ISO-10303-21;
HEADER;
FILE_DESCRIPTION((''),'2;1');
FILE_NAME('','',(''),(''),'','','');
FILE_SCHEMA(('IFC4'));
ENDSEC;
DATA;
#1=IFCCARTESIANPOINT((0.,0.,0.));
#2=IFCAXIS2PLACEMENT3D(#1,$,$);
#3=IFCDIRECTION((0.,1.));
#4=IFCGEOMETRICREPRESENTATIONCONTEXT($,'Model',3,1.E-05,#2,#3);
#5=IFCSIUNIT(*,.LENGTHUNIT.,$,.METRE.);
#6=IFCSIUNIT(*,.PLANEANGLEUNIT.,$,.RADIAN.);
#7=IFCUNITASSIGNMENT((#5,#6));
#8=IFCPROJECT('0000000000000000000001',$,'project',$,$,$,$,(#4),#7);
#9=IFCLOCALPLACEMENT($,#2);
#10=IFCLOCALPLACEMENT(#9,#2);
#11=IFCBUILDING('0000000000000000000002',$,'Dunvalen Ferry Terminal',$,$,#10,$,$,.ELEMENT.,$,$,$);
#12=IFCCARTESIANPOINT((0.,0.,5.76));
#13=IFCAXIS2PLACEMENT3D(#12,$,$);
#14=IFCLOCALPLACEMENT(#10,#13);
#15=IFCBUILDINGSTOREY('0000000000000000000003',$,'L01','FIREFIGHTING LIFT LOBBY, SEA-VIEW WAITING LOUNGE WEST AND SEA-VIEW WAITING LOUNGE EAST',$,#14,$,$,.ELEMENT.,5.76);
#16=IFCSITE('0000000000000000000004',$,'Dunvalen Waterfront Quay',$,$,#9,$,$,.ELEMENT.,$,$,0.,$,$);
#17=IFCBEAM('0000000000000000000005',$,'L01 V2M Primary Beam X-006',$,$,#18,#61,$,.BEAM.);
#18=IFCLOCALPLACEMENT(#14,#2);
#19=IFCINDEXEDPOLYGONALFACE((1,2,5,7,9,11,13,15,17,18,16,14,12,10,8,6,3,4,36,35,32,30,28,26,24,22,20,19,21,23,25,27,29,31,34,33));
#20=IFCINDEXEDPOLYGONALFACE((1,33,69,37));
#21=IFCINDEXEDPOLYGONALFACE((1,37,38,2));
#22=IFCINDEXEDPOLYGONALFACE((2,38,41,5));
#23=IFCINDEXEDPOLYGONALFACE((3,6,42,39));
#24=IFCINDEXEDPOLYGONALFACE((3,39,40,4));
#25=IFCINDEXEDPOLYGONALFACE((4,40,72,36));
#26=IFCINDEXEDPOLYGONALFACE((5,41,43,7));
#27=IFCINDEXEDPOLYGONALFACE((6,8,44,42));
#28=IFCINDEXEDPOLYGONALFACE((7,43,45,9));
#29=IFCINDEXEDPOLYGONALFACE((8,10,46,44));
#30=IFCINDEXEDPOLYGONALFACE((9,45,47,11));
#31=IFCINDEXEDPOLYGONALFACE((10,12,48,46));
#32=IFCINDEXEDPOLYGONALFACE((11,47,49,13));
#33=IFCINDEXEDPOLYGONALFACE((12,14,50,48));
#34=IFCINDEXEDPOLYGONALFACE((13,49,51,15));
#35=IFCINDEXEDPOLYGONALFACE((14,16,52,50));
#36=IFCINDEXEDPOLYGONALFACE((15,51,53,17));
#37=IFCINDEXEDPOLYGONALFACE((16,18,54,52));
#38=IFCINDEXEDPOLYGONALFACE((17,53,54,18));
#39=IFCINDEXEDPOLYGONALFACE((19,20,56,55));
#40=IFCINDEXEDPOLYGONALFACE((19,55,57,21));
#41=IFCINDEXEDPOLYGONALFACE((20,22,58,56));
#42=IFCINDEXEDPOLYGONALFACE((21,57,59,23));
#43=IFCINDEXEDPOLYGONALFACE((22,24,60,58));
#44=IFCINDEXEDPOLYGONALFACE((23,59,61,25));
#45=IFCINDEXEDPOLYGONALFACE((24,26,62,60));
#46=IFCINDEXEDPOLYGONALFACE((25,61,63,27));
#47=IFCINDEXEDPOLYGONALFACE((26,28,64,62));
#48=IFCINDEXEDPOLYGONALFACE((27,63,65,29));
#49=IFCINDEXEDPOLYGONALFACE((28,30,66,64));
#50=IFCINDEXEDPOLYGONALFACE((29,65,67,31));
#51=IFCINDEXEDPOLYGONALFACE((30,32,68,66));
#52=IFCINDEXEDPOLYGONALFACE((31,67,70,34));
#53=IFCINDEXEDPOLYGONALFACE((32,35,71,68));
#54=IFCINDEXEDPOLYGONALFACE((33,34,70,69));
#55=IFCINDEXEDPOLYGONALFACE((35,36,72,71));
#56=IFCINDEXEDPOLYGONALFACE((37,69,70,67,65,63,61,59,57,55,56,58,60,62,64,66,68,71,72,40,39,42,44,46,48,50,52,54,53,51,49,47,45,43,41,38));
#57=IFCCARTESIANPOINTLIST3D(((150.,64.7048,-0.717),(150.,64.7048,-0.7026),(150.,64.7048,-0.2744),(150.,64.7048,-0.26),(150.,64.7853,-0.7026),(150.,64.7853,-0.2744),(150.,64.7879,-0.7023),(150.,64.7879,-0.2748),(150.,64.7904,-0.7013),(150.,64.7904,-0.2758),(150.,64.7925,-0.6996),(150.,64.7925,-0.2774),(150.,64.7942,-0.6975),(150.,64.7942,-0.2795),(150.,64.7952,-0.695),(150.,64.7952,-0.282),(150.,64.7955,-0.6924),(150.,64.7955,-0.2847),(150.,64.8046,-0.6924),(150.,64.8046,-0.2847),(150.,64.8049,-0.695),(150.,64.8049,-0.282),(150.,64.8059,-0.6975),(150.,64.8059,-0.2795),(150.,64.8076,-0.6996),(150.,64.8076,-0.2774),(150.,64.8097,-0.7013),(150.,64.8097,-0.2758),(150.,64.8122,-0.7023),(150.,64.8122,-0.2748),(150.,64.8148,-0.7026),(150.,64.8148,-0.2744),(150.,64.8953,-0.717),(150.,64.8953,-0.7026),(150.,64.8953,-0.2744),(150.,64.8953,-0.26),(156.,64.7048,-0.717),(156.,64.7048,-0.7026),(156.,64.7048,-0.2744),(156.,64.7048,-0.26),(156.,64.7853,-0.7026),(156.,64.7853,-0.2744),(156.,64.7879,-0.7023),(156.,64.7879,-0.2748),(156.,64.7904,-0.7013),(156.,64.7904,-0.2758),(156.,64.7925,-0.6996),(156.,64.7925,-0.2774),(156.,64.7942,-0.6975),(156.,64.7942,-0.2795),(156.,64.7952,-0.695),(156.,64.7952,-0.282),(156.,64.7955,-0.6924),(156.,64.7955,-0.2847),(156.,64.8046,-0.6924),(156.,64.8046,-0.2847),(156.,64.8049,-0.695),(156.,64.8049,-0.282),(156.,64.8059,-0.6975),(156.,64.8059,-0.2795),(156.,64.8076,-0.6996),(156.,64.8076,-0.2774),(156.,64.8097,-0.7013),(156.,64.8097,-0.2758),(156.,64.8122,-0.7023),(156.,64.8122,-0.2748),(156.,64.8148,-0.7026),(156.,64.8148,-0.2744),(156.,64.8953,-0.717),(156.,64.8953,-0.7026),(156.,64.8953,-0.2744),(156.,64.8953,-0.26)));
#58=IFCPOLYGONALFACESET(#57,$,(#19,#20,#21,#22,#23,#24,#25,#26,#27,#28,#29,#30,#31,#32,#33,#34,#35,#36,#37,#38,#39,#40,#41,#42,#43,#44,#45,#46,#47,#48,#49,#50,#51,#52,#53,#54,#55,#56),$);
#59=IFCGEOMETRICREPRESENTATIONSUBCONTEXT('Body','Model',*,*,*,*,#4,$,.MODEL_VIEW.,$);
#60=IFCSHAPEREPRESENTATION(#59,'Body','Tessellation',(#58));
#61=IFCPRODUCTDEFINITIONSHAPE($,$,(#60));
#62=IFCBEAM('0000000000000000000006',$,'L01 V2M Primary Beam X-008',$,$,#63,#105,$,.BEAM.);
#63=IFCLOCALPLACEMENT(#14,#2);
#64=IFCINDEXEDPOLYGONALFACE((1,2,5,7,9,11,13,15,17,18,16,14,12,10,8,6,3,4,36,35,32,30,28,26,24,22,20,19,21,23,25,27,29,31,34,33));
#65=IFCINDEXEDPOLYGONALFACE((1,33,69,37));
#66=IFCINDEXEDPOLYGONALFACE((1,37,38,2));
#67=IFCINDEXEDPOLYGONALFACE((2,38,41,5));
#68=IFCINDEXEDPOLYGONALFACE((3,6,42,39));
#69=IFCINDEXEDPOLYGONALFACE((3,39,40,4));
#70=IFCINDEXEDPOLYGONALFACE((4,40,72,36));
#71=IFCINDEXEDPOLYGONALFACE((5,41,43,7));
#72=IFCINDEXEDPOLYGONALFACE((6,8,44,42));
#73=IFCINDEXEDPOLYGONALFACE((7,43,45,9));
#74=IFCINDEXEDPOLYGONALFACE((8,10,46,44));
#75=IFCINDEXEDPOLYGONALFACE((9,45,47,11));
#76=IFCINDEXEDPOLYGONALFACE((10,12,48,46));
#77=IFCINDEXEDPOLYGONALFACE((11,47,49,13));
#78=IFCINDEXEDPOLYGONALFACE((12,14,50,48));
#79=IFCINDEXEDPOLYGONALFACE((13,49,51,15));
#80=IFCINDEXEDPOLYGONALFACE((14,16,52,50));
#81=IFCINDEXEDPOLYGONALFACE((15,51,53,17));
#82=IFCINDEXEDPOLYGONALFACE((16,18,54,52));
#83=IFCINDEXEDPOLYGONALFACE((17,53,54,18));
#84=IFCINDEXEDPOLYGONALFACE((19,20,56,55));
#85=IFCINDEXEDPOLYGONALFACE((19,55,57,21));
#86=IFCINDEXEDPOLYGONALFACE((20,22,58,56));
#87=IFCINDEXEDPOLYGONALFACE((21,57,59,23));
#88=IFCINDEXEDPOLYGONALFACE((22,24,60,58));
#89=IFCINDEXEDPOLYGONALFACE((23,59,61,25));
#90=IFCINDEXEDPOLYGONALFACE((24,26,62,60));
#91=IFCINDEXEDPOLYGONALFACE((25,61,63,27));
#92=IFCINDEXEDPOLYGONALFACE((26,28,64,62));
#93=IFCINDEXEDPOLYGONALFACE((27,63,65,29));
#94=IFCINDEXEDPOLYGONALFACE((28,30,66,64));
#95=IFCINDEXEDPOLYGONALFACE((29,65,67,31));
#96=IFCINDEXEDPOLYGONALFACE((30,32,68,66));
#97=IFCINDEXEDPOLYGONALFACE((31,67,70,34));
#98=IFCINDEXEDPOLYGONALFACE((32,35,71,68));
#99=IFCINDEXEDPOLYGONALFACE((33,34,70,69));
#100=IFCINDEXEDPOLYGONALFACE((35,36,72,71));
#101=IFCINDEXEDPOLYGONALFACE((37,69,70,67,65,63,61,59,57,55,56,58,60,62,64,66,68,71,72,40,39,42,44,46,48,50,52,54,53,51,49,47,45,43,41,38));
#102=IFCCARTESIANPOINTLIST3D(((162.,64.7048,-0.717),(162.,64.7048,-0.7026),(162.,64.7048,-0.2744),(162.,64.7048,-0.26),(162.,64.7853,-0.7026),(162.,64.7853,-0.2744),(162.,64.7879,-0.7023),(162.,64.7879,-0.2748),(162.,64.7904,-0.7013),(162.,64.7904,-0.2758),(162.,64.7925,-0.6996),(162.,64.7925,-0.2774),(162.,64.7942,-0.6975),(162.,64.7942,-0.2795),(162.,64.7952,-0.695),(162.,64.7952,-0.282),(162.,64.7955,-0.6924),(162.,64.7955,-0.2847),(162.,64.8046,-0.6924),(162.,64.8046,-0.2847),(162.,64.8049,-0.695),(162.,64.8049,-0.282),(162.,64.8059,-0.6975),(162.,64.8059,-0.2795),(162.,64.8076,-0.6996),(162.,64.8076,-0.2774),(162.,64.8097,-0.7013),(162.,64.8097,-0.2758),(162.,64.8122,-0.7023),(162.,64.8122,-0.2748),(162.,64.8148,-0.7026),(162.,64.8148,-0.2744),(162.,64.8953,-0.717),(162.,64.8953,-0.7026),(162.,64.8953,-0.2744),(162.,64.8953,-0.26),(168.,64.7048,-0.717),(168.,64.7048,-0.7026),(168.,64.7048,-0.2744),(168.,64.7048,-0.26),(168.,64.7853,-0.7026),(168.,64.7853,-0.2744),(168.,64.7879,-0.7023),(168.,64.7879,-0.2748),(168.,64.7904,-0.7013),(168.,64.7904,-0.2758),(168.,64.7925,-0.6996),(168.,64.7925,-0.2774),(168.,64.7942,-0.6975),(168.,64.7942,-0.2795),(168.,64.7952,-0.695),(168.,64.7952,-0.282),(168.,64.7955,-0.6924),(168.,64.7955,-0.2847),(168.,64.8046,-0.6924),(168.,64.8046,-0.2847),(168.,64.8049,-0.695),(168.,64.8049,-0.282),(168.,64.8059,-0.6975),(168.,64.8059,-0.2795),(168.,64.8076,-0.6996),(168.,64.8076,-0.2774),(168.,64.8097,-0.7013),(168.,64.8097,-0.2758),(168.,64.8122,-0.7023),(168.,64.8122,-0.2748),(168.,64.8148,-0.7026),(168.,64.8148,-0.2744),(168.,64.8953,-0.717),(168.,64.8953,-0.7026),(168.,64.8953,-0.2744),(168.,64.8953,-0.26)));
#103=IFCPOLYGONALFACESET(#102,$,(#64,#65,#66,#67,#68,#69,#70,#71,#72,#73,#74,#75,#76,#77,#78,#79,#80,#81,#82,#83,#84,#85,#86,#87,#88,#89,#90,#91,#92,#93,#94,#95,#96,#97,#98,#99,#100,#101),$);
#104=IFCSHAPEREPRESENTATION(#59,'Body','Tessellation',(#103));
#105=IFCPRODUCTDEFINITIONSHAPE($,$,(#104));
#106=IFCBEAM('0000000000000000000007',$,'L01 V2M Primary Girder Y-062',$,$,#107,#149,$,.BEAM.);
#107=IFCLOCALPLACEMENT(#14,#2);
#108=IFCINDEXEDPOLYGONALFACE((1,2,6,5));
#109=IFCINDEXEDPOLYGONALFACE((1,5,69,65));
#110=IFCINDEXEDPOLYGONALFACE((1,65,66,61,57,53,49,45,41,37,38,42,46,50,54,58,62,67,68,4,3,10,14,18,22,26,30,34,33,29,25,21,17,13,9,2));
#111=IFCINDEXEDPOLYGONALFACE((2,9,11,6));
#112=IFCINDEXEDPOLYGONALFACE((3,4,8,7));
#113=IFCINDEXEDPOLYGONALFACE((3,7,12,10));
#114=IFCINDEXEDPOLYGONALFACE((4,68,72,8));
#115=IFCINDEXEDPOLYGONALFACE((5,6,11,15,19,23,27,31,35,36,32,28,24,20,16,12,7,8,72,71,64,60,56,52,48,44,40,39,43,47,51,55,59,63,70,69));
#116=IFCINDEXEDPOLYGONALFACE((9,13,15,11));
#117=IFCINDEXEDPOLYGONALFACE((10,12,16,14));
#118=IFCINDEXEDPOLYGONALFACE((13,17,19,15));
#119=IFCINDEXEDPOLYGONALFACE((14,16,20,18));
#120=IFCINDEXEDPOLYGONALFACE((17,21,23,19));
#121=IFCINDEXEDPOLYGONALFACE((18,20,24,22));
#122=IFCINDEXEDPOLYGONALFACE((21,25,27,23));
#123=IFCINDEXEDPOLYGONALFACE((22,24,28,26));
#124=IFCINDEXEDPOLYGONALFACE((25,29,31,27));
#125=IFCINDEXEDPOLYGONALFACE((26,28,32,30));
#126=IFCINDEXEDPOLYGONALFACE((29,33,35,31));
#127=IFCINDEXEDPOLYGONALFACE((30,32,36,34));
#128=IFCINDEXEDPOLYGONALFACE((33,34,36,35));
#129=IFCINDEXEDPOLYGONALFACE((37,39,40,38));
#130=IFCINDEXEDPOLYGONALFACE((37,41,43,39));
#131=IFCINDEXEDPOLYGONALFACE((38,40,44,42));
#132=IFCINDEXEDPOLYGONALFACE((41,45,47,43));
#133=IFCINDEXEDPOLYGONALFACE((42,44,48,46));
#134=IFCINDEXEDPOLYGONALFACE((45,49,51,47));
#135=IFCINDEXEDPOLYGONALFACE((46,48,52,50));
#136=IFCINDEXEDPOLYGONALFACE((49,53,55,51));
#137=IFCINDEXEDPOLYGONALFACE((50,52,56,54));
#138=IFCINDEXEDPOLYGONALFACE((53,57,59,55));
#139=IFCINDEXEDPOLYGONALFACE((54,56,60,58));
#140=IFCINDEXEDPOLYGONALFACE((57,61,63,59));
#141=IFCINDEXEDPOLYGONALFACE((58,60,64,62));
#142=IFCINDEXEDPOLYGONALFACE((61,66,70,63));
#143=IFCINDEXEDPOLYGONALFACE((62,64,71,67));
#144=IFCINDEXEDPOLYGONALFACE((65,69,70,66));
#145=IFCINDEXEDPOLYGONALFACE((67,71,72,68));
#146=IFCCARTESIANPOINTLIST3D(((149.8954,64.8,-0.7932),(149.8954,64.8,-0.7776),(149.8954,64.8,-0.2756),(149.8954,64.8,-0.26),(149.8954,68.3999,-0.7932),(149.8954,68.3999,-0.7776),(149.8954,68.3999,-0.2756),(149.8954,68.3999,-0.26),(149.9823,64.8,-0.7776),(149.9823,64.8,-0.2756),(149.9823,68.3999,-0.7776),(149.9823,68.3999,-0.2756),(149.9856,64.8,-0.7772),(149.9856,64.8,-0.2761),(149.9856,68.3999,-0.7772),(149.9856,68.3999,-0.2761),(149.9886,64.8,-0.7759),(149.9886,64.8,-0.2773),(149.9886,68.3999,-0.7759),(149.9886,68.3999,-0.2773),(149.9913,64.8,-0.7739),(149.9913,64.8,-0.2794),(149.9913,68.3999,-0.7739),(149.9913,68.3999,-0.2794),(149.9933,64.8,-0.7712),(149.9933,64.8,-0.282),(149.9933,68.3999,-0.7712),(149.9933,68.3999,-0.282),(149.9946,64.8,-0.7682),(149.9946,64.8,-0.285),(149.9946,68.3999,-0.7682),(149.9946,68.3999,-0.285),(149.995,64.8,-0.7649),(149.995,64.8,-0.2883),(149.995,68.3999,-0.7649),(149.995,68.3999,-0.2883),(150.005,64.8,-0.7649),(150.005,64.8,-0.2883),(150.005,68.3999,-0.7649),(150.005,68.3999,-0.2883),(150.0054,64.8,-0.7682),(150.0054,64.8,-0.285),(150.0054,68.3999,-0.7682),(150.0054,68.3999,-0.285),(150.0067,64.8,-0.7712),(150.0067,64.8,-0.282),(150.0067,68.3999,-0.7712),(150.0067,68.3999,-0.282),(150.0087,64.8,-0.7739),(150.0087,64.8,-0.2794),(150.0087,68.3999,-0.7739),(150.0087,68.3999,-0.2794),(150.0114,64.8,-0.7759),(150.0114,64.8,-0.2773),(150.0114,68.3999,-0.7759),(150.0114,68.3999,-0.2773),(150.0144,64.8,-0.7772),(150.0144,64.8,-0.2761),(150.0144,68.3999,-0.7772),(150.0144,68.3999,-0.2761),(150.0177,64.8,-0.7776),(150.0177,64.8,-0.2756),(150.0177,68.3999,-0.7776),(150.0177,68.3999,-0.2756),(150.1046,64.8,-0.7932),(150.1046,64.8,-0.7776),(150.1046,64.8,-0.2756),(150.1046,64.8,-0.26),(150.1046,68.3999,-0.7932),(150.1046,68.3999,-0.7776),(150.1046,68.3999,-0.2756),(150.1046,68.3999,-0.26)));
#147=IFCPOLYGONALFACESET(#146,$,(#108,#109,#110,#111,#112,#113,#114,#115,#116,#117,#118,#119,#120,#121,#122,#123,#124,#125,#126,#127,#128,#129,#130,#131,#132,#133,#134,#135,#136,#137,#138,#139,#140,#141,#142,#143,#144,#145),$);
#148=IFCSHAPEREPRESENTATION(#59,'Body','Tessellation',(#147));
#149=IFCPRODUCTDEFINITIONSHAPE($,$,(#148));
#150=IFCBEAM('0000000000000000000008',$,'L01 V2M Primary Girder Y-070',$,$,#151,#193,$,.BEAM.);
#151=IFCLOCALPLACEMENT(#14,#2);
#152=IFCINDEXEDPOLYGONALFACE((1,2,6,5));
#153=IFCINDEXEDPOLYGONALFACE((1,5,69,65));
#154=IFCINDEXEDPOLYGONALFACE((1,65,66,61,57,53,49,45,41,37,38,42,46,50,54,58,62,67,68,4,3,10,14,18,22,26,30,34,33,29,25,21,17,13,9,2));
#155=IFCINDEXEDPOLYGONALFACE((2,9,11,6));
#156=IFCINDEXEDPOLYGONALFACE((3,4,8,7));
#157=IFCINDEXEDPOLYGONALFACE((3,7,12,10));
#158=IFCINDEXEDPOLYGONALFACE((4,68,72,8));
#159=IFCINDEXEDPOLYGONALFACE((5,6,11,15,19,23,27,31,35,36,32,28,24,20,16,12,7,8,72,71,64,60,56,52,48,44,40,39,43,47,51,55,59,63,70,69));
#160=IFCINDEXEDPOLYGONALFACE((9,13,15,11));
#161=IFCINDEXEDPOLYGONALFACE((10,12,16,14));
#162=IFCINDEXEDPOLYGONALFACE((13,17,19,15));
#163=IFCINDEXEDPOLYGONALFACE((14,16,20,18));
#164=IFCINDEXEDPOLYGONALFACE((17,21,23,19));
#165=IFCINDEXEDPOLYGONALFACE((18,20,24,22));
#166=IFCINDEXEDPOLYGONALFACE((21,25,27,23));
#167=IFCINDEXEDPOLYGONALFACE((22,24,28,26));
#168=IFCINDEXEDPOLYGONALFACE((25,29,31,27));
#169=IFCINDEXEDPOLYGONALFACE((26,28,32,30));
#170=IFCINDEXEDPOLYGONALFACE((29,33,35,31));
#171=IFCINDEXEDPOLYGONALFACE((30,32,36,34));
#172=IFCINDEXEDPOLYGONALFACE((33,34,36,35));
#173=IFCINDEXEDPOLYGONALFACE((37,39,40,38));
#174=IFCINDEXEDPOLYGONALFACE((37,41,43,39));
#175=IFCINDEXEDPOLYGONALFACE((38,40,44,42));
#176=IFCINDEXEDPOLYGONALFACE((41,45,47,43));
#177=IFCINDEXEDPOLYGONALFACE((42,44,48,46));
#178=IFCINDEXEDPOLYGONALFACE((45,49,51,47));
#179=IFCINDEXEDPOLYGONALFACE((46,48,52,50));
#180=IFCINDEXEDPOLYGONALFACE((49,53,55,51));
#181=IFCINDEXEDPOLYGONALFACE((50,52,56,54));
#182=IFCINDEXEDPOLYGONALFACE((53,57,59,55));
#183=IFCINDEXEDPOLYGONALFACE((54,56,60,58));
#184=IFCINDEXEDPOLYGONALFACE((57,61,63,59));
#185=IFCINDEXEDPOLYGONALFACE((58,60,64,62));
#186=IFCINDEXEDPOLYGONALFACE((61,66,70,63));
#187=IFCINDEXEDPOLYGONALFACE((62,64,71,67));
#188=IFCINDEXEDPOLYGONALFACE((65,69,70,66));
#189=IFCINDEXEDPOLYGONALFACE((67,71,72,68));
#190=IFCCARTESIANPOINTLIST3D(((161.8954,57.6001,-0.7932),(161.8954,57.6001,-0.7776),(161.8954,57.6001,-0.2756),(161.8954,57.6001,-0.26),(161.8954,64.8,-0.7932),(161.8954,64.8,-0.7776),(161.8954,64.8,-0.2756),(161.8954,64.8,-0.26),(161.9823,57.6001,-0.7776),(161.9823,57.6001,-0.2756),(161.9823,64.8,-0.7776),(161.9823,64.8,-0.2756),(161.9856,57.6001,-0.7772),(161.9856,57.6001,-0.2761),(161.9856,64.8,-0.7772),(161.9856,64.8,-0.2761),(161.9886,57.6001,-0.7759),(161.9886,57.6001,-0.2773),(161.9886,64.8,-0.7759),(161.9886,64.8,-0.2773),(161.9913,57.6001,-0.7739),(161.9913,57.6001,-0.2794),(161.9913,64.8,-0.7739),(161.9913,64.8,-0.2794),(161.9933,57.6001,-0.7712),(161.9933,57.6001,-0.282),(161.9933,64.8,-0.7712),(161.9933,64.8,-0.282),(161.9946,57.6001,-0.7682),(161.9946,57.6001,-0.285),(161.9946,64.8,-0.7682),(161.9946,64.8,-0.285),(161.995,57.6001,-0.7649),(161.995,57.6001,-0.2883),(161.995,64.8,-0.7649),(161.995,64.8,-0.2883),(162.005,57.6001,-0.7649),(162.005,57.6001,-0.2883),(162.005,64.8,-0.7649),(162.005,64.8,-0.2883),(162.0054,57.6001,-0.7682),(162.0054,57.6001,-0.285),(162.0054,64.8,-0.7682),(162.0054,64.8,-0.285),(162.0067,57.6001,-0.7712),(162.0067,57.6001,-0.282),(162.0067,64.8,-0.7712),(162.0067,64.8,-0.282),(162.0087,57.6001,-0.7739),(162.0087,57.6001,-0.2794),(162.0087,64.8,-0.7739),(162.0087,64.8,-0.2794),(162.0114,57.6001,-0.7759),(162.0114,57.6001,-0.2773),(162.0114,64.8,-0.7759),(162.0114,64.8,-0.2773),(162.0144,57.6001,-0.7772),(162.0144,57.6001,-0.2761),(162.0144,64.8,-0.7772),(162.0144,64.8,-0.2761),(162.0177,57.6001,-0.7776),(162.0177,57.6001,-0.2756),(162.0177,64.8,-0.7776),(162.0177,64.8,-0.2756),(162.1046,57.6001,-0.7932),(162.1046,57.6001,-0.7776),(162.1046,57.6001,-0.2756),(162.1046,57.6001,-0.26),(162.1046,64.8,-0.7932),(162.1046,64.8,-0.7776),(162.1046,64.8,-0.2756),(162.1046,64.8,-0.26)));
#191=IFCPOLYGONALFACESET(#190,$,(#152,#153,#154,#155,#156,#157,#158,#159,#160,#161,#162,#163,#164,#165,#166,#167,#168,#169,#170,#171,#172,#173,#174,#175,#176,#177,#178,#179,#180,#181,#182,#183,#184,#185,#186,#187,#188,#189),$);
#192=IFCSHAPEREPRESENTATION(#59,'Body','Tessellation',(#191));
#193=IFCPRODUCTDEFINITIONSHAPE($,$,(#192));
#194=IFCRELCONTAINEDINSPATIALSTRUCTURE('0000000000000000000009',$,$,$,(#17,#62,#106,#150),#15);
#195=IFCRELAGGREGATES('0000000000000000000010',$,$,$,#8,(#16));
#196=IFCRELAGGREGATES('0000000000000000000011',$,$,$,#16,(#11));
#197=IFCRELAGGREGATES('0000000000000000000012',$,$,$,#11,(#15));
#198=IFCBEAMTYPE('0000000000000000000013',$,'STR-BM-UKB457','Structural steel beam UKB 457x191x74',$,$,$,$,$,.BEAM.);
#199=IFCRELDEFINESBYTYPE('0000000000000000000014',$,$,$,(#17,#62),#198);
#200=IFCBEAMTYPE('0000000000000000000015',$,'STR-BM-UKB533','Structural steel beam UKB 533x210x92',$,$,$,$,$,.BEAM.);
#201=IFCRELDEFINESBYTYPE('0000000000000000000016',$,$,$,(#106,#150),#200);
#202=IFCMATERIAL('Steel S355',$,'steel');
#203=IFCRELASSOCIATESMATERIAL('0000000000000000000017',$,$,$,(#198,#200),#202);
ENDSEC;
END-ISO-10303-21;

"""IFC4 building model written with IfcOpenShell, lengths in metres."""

from ifc_helpers import new_model, si_unit, direction, frame, origin, origin_2d, place, context, subcontext, project, spatial, i_section, extrude, material, material_profile, profile_set, type_object, element, save


model = new_model("IFC4")

# Units and contexts
model_context = context("Model", 3, precision=1e-05, world=origin(), true_north=direction((0.0, 1.0)))
body_context = subcontext(model_context, "Body", "Model", "MODEL_VIEW")
ifc_project = project(units=[si_unit("LENGTHUNIT", "METRE"), si_unit("PLANEANGLEUNIT", "RADIAN")], contexts=[model_context])

# Site, building, storey
site_placement = place(None, origin())
site = spatial("IfcSite", under=ifc_project, at=site_placement, Name="Dunvalen Waterfront Quay", CompositionType="ELEMENT", RefElevation=0.0)
building_placement = place(site_placement, origin())
building = spatial("IfcBuilding", under=site, at=building_placement, Name="Dunvalen Ferry Terminal", CompositionType="ELEMENT")
storey_placement = place(building_placement, frame((0.0, 0.0, 5.76)))
storey = spatial("IfcBuildingStorey", under=building, at=storey_placement, Name="L01", Description="FIREFIGHTING LIFT LOBBY, SEA-VIEW WAITING LOUNGE WEST AND SEA-VIEW WAITING LOUNGE EAST", CompositionType="ELEMENT", Elevation=5.76)

# Beams
ifc_material_1 = material(Name="Steel S355", Category="steel")
ifc_material_profile_1 = material_profile(ifc_material_1, i_section(OverallWidth=0.1904, OverallDepth=0.457, WebThickness=0.009, FlangeThickness=0.0144, FilletRadius=0.0103, at=origin_2d()), Name="Steel S355")
ifc_profile_set_1 = profile_set([ifc_material_profile_1], Name="Steel S355")
beam_type_1 = type_object("IfcBeamType", Name="STR-BM-UKB457", Description="Structural steel beam UKB 457x191x74", PredefinedType="BEAM", material=ifc_profile_set_1)
for number, where, z_axis, x_axis, name in (
    (1, (150.0, 64.8, -0.4885), (1.0, 0.0, 0.0), (0.0, 1.0, 0.0), "L01 V2M Primary Beam X-006"),
    (2, (162.0, 64.8, -0.4885), (1.0, 0.0, 0.0), (0.0, 1.0, 0.0), "L01 V2M Primary Beam X-008"),
):
    element("IfcBeam", number, at=place(storey_placement, frame(where, z_axis=z_axis, x_axis=x_axis)), inside=storey, type_object=beam_type_1, Name=name, PredefinedType="BEAM", context=body_context, shape_type="SweptSolid", body=[
        extrude(i_section(OverallWidth=0.1904, OverallDepth=0.457, WebThickness=0.009, FlangeThickness=0.0144, FilletRadius=0.0103, at=origin_2d()), origin(), (0.0, 0.0, 1.0), 6.0),
    ])
ifc_material_profile_2 = material_profile(ifc_material_1, i_section(OverallWidth=0.2092, OverallDepth=0.5332, WebThickness=0.01, FlangeThickness=0.0156, FilletRadius=0.0127, at=origin_2d()), Name="Steel S355")
ifc_profile_set_2 = profile_set([ifc_material_profile_2], Name="Steel S355")
beam_type_2 = type_object("IfcBeamType", Name="STR-BM-UKB533", Description="Structural steel beam UKB 533x210x92", PredefinedType="BEAM", material=ifc_profile_set_2)
beam_1_placement = place(storey_placement, frame((150.0, 64.8, -0.5266), z_axis=(0.0, 1.0, 0.0), x_axis=(-1.0, 0.0, 0.0)))
element("IfcBeam", 3, at=beam_1_placement, inside=storey, type_object=beam_type_2, Name="L01 V2M Primary Girder Y-062", PredefinedType="BEAM", context=body_context, shape_type="SweptSolid", body=[
    extrude(i_section(OverallWidth=0.2092, OverallDepth=0.5332, WebThickness=0.01, FlangeThickness=0.0156, FilletRadius=0.0127, at=origin_2d()), origin(), (0.0, 0.0, 1.0), 3.5999),
])
beam_2_placement = place(storey_placement, frame((162.0, 57.6001, -0.5266), z_axis=(0.0, 1.0, 0.0), x_axis=(-1.0, 0.0, 0.0)))
element("IfcBeam", 4, at=beam_2_placement, inside=storey, type_object=beam_type_2, Name="L01 V2M Primary Girder Y-070", PredefinedType="BEAM", context=body_context, shape_type="SweptSolid", body=[
    extrude(i_section(OverallWidth=0.2092, OverallDepth=0.5332, WebThickness=0.01, FlangeThickness=0.0156, FilletRadius=0.0127, at=origin_2d()), origin(), (0.0, 0.0, 1.0), 7.2),
])

save(model, "model.ifc")
